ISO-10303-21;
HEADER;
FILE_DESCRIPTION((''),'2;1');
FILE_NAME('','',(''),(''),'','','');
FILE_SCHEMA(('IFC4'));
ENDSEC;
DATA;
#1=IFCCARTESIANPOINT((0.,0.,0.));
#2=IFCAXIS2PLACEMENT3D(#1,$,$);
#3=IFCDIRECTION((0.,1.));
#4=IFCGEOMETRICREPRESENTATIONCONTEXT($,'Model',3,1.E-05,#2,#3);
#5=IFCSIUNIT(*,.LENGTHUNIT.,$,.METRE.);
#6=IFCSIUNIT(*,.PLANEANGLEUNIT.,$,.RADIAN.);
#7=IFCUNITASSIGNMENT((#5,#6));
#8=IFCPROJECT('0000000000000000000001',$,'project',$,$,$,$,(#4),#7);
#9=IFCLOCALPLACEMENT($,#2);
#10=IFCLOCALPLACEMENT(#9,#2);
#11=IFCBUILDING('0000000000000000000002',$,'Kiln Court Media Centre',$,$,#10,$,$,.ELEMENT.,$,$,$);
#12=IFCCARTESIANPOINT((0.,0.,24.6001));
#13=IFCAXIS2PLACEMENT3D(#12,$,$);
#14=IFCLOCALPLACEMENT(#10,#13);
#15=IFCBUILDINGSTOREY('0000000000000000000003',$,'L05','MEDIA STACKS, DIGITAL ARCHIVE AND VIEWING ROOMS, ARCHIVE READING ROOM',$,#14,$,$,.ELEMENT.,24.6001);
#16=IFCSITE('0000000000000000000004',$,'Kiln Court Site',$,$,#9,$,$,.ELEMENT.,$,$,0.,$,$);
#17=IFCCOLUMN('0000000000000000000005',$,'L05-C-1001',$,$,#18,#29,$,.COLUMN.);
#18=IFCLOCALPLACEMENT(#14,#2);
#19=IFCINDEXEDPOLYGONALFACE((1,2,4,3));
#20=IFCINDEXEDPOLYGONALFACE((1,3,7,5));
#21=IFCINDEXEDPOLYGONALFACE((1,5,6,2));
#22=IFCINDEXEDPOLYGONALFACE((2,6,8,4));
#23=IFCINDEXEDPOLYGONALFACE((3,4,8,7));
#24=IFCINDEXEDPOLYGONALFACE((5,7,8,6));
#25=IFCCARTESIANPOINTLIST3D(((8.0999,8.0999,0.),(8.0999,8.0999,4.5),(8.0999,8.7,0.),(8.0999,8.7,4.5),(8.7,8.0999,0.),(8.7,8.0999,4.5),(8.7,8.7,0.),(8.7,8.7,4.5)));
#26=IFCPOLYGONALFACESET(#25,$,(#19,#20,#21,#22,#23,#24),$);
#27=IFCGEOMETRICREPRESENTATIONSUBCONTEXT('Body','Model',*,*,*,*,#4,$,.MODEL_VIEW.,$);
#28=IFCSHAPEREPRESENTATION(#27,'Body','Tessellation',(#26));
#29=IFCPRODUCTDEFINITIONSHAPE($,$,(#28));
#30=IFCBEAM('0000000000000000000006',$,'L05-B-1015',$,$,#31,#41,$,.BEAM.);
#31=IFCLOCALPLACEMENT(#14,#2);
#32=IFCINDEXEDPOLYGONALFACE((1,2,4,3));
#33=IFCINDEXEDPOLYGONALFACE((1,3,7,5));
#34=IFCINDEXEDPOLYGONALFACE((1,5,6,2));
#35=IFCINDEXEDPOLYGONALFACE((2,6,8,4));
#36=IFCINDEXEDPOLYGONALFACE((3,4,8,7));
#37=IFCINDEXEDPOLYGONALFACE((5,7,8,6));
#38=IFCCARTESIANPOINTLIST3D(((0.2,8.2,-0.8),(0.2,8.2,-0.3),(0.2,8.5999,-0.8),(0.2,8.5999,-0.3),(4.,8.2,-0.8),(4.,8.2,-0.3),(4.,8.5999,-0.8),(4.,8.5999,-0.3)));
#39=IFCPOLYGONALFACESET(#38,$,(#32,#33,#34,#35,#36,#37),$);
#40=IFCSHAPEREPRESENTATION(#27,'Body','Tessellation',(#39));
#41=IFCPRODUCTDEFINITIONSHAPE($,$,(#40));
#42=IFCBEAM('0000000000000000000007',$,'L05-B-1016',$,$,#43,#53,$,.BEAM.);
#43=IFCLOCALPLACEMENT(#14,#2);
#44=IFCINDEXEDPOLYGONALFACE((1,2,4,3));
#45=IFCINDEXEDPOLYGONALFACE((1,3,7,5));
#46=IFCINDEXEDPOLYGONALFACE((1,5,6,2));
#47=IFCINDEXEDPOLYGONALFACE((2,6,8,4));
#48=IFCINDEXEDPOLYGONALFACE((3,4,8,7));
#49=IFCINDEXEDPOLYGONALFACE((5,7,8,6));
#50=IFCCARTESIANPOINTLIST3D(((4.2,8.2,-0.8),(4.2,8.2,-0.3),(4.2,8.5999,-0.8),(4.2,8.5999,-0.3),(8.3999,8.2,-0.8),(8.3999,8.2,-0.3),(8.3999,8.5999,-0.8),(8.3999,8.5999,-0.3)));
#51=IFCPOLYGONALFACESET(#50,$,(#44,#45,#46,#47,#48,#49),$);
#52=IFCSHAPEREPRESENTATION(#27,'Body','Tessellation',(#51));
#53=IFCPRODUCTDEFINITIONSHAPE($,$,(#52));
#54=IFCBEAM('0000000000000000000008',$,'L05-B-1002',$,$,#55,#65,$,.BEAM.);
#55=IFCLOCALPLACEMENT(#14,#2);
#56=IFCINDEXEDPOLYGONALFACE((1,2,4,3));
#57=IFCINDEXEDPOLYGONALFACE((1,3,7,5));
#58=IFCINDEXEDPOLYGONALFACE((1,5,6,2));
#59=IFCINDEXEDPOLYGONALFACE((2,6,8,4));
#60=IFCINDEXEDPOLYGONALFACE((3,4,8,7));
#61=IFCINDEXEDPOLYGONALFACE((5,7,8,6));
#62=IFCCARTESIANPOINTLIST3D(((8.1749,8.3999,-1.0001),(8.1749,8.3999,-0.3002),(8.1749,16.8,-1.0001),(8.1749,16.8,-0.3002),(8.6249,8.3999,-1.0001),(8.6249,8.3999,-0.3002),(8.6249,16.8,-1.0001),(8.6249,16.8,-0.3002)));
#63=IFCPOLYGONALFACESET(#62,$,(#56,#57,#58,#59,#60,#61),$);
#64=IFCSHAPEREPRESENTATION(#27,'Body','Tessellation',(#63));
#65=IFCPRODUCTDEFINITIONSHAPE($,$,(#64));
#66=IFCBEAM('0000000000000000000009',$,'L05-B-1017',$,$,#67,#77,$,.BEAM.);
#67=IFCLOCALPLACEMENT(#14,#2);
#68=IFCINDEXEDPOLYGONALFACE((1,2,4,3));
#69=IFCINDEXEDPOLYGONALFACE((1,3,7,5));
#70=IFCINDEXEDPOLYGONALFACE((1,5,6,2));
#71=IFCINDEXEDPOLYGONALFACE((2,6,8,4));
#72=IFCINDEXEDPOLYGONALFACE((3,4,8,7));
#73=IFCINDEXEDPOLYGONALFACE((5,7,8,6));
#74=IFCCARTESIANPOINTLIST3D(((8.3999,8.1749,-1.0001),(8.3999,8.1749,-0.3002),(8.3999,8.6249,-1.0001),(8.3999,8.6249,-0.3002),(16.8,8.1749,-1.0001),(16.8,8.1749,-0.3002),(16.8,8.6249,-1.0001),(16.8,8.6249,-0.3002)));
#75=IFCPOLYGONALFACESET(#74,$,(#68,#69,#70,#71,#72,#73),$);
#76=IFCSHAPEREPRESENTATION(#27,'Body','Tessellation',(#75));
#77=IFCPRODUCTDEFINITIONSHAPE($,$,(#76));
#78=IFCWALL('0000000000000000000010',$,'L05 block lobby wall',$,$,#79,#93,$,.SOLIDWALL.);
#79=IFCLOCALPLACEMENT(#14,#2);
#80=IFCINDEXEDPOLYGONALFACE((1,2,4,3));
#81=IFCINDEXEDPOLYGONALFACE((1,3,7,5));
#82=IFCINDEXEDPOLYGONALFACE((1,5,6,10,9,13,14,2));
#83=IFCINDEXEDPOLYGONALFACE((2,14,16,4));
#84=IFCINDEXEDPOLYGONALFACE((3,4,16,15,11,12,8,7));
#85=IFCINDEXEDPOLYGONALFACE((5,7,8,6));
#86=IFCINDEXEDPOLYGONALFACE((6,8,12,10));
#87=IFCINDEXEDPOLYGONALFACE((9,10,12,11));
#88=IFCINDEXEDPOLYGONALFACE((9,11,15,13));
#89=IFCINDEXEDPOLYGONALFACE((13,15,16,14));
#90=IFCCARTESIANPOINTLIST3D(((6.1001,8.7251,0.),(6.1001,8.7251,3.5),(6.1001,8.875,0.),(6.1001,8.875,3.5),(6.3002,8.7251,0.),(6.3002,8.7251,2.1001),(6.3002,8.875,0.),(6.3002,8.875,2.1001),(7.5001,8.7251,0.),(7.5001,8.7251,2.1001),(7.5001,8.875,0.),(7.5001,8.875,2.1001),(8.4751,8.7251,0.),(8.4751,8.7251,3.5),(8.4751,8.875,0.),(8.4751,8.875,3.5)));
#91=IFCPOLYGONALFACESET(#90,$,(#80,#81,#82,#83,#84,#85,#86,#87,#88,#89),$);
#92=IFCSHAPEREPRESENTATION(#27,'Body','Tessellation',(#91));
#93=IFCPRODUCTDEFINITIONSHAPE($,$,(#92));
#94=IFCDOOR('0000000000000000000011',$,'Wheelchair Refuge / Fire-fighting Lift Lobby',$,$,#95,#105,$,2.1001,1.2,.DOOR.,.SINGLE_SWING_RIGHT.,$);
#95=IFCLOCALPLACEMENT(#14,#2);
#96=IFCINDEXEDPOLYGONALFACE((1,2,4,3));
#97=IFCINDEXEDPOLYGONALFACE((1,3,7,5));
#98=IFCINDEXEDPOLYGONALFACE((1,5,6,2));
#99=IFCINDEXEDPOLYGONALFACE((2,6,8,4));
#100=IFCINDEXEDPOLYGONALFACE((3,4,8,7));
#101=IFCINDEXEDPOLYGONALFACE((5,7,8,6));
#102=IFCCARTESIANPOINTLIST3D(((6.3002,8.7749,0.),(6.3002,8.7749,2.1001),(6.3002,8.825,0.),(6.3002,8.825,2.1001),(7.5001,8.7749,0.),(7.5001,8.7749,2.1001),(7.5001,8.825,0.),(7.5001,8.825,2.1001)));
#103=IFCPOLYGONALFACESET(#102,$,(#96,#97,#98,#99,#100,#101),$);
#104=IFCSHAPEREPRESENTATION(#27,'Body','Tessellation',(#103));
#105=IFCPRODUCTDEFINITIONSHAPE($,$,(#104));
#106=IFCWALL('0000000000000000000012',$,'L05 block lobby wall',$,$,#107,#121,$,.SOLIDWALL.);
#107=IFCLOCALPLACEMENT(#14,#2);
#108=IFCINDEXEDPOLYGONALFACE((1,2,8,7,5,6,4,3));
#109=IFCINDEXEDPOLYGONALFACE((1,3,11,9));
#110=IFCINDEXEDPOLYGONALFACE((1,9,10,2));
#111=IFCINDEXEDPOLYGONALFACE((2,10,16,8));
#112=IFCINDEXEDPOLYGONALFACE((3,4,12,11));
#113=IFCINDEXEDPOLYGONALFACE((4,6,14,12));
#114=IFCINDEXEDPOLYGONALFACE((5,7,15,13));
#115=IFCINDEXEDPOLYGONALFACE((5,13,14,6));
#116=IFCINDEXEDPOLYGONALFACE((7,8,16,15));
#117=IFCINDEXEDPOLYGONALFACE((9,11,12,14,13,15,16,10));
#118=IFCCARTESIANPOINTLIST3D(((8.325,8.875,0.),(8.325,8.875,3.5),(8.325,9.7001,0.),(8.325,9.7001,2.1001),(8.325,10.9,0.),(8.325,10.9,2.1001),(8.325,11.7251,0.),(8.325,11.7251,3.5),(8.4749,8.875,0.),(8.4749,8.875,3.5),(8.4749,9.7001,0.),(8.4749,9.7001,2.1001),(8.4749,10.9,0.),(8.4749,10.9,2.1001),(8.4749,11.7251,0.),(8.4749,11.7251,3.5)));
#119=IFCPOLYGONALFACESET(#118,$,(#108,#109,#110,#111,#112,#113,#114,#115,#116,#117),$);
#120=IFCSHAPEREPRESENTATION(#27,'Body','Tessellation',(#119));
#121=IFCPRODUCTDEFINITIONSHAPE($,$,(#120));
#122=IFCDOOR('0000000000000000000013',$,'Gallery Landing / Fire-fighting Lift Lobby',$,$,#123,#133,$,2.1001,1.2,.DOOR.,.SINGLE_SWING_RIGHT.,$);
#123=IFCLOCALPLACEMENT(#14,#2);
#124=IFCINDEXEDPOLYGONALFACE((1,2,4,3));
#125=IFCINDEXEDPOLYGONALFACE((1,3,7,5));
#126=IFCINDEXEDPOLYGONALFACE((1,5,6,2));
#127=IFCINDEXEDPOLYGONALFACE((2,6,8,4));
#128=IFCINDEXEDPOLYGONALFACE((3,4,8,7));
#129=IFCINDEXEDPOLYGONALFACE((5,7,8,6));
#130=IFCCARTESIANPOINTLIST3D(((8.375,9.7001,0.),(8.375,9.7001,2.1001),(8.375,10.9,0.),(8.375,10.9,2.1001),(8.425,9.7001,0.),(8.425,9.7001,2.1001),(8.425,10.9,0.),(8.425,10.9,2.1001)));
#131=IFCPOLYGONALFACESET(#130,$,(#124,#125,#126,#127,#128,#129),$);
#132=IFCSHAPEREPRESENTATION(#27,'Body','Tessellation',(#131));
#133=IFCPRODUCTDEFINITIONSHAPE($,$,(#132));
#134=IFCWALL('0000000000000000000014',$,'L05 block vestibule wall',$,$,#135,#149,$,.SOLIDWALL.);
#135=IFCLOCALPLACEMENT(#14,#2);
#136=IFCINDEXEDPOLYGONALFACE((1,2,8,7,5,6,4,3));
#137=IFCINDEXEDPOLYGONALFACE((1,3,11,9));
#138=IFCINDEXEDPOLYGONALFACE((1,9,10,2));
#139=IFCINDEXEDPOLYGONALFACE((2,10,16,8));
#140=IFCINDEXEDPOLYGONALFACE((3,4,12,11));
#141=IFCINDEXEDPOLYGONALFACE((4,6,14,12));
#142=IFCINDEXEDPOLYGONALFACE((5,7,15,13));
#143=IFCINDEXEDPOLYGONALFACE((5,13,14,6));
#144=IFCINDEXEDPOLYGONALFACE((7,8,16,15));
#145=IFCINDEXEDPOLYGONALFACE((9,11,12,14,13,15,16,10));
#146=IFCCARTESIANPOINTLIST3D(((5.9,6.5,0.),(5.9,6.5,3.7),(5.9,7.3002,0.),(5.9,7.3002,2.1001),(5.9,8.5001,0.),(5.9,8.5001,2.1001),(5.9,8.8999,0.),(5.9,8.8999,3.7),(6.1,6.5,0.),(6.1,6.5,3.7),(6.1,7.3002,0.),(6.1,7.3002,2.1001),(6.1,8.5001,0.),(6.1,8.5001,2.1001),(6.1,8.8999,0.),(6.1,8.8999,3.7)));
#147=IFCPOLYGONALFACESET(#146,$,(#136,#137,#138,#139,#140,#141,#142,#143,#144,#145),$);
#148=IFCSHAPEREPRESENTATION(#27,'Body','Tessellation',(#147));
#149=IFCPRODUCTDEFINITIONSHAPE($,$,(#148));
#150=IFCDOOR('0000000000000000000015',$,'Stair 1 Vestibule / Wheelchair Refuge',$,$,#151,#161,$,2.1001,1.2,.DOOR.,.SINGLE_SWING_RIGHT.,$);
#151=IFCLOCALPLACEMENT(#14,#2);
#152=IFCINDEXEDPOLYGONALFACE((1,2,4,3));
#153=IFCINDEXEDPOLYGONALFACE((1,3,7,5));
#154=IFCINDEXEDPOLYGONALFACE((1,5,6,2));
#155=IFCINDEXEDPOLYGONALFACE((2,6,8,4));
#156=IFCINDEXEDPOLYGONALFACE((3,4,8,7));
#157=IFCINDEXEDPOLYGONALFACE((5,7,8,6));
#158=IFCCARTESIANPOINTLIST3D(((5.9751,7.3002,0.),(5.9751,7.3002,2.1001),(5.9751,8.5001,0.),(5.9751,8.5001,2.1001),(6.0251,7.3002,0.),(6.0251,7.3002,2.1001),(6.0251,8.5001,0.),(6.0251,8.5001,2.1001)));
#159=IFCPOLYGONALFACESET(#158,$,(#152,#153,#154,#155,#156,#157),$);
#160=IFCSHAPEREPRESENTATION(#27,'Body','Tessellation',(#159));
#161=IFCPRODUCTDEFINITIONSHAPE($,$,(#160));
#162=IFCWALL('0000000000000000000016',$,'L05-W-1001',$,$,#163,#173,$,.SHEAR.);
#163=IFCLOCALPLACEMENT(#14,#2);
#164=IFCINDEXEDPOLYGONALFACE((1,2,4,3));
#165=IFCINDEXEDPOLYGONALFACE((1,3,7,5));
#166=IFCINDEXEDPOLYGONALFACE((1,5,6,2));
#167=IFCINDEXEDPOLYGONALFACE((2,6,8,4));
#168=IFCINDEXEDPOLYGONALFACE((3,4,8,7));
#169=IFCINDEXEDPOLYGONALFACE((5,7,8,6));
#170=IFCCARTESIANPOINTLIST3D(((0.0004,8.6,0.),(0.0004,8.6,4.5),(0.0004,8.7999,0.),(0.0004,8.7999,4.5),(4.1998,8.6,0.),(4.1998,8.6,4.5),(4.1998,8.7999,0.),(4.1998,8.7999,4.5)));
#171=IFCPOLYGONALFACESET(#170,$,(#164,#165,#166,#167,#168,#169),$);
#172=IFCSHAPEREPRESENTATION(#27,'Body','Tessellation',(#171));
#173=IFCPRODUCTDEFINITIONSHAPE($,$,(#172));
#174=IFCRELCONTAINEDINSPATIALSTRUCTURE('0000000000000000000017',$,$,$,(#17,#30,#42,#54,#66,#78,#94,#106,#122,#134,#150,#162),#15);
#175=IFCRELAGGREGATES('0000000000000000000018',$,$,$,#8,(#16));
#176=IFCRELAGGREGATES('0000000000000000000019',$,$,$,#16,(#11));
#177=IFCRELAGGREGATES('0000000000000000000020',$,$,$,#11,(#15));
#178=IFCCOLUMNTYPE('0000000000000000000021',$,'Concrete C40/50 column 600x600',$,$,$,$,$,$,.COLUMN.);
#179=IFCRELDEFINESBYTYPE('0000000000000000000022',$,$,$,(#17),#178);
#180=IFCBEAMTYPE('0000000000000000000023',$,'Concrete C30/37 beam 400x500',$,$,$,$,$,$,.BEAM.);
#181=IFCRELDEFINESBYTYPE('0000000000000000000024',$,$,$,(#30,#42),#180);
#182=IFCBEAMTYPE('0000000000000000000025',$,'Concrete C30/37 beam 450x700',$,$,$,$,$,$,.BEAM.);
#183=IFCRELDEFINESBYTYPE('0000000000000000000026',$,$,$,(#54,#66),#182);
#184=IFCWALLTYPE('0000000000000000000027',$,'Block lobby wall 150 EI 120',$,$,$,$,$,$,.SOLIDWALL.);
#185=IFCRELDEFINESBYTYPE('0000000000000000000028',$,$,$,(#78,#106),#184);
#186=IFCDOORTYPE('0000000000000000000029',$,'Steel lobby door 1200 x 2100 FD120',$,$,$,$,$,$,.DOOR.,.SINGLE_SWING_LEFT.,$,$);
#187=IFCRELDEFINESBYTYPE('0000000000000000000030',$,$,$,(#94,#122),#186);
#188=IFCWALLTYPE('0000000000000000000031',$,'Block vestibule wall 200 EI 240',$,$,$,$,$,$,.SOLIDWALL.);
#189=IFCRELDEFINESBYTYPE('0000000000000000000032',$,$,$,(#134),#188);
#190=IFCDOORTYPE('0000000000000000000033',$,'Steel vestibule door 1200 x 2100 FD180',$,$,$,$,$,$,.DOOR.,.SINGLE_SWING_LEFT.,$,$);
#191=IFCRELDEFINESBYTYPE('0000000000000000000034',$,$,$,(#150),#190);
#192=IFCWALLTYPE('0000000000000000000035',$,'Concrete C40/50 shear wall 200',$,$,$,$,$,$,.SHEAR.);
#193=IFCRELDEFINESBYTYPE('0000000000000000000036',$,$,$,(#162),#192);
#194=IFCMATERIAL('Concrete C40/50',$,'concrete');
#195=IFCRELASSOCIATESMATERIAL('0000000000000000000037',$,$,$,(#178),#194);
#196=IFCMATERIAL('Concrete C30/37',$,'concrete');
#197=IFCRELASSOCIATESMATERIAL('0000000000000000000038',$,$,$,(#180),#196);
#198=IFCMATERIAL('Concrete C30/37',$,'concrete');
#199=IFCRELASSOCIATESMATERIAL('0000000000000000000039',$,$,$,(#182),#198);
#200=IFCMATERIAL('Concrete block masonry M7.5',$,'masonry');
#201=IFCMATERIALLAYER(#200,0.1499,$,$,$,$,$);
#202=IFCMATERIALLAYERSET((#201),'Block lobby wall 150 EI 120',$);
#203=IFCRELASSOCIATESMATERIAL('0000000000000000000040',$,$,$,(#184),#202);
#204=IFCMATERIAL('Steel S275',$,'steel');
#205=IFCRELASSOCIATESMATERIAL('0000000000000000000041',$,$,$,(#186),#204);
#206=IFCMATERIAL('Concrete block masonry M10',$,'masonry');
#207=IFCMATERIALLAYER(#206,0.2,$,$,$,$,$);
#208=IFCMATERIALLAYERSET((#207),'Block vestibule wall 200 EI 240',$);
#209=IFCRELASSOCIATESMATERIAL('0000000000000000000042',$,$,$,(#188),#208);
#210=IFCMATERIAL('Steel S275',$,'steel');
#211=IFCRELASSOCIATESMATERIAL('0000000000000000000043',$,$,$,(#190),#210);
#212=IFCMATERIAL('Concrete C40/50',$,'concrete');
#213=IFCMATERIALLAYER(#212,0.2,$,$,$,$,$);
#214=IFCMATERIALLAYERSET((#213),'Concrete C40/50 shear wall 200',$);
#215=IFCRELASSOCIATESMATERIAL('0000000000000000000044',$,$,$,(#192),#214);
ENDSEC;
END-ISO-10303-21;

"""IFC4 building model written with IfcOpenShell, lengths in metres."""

from ifc_helpers import new_model, si_unit, direction, frame, frame_2d, origin, origin_2d, place, context, subcontext, project, spatial, rectangle, extrude, material, layer, layer_set, material_profile, profile_set, type_object, element, fill, save


model = new_model("IFC4")

# Units and contexts
model_context = context("Model", 3, precision=1e-05, world=origin(), true_north=direction((0.0, 1.0)))
body_context = subcontext(model_context, "Body", "Model", "MODEL_VIEW")
ifc_project = project(units=[si_unit("LENGTHUNIT", "METRE"), si_unit("PLANEANGLEUNIT", "RADIAN")], contexts=[model_context])

# Site, building, storey
site_placement = place(None, origin())
site = spatial("IfcSite", under=ifc_project, at=site_placement, Name="Kiln Court Site", CompositionType="ELEMENT", RefElevation=0.0)
building_placement = place(site_placement, origin())
building = spatial("IfcBuilding", under=site, at=building_placement, Name="Kiln Court Media Centre", CompositionType="ELEMENT")
storey_placement = place(building_placement, frame((0.0, 0.0, 24.6001)))
storey = spatial("IfcBuildingStorey", under=building, at=storey_placement, Name="L05", Description="MEDIA STACKS, DIGITAL ARCHIVE AND VIEWING ROOMS, ARCHIVE READING ROOM", CompositionType="ELEMENT", Elevation=24.6001)

# Column
ifc_material_1 = material(Name="Concrete C40/50", Category="concrete")
ifc_material_profile_1 = material_profile(ifc_material_1, rectangle(XDim=0.6001, YDim=0.6001, at=origin_2d()), Name="RC 600x600")
ifc_profile_set_1 = profile_set([ifc_material_profile_1], Name="Concrete C40/50")
column_type = type_object("IfcColumnType", Name="Concrete C40/50 column 600x600", PredefinedType="COLUMN", material=ifc_profile_set_1)
column_placement = place(storey_placement, frame((8.3999, 8.3999, 0.0), z_axis=(0.0, 0.0, 1.0), x_axis=(1.0, 0.0, 0.0)))
element("IfcColumn", 1, at=column_placement, inside=storey, type_object=column_type, Name="L05-C-1001", PredefinedType="COLUMN", context=body_context, shape_type="SweptSolid", body=[
    extrude(rectangle(XDim=0.6001, YDim=0.6001, at=origin_2d()), origin(), (0.0, 0.0, 1.0), 4.5),
])

# Beams
ifc_material_2 = material(Name="Concrete C30/37", Category="concrete")
ifc_material_profile_2 = material_profile(ifc_material_2, rectangle(XDim=0.3999, YDim=0.5, at=origin_2d()), Name="RC 400x500")
ifc_profile_set_2 = profile_set([ifc_material_profile_2], Name="Concrete C30/37")
beam_type_1 = type_object("IfcBeamType", Name="Concrete C30/37 beam 400x500", PredefinedType="BEAM", material=ifc_profile_set_2)
beam_1_placement = place(storey_placement, frame((0.2, 8.3999, -0.55), z_axis=(1.0, 0.0, 0.0), x_axis=(0.0, 1.0, 0.0)))
element("IfcBeam", 2, at=beam_1_placement, inside=storey, type_object=beam_type_1, Name="L05-B-1015", PredefinedType="BEAM", context=body_context, shape_type="SweptSolid", body=[
    extrude(rectangle(XDim=0.3999, YDim=0.5, at=origin_2d()), origin(), (0.0, 0.0, 1.0), 3.8),
])
beam_2_placement = place(storey_placement, frame((4.2, 8.3999, -0.55), z_axis=(1.0, 0.0, 0.0), x_axis=(0.0, 1.0, 0.0)))
element("IfcBeam", 3, at=beam_2_placement, inside=storey, type_object=beam_type_1, Name="L05-B-1016", PredefinedType="BEAM", context=body_context, shape_type="SweptSolid", body=[
    extrude(rectangle(XDim=0.3999, YDim=0.5, at=origin_2d()), origin(), (0.0, 0.0, 1.0), 4.2),
])
ifc_material_3 = material(Name="Concrete C30/37", Category="concrete")
ifc_material_profile_3 = material_profile(ifc_material_3, rectangle(XDim=0.45, YDim=0.7, at=origin_2d()), Name="RC 450x700")
ifc_profile_set_3 = profile_set([ifc_material_profile_3], Name="Concrete C30/37")
beam_type_2 = type_object("IfcBeamType", Name="Concrete C30/37 beam 450x700", PredefinedType="BEAM", material=ifc_profile_set_3)
for number, where, z_axis, x_axis, name in (
    (4, (8.3999, 8.3999, -0.6501), (0.0, 1.0, 0.0), (-1.0, 0.0, 0.0), "L05-B-1002"),
    (5, (8.3999, 8.3999, -0.6501), (1.0, 0.0, 0.0), (0.0, 1.0, 0.0), "L05-B-1017"),
):
    element("IfcBeam", number, at=place(storey_placement, frame(where, z_axis=z_axis, x_axis=x_axis)), inside=storey, type_object=beam_type_2, Name=name, PredefinedType="BEAM", context=body_context, shape_type="SweptSolid", body=[
        extrude(rectangle(XDim=0.45, YDim=0.7, at=origin_2d()), origin(), (0.0, 0.0, 1.0), 8.4001),
    ])

# Walls, openings, doors
ifc_material_4 = material(Name="Concrete block masonry M7.5", Category="masonry")
ifc_layer_1 = layer(ifc_material_4, 0.1499)
ifc_layer_set_1 = layer_set([ifc_layer_1], Name="Block lobby wall 150 EI 120")
wall_type_1 = type_object("IfcWallType", Name="Block lobby wall 150 EI 120", PredefinedType="SOLIDWALL", material=ifc_layer_set_1)
wall_1_placement = place(storey_placement, frame((6.1001, 8.8, 0.0), z_axis=(0.0, 0.0, 1.0), x_axis=(1.0, 0.0, 0.0)))
wall_1 = element("IfcWall", 6, at=wall_1_placement, inside=storey, type_object=wall_type_1, Name="L05 block lobby wall", PredefinedType="SOLIDWALL", context=body_context, shape_type="SweptSolid", body=[
    extrude(rectangle(XDim=2.375, YDim=0.1499, at=frame_2d((1.1875, 0.0))), origin(), (0.0, 0.0, 1.0), 3.5),
])
opening_1_placement = place(wall_1_placement, frame((0.2, 0.0, 0.0)))
opening_1 = element("IfcOpeningElement", 7, at=opening_1_placement, cuts=wall_1, PredefinedType="OPENING", context=body_context, shape_type="SweptSolid", body=[
    extrude(rectangle(XDim=1.2, YDim=2.1001, at=frame_2d((0.6001, 1.05))), frame((0.0, 0.085, 0.0), z_axis=(0.0, -1.0, 0.0), x_axis=(1.0, 0.0, 0.0)), (0.0, 0.0, 1.0), 0.1699),
])
ifc_material_5 = material(Name="Steel S275", Category="steel")
door_type_1 = type_object("IfcDoorType", Name="Steel lobby door 1200 x 2100 FD120", OperationType="SINGLE_SWING_LEFT", PredefinedType="DOOR", material=ifc_material_5)
door_1_placement = place(opening_1_placement, origin())
door_1 = element("IfcDoor", 8, at=door_1_placement, inside=storey, type_object=door_type_1, Name="Wheelchair Refuge / Fire-fighting Lift Lobby", OperationType="SINGLE_SWING_RIGHT", OverallHeight=2.1001, OverallWidth=1.2, PredefinedType="DOOR", context=body_context, shape_type="SweptSolid", body=[
    extrude(rectangle(XDim=1.2, YDim=2.1001, at=frame_2d((0.6001, 1.05))), frame((0.0, 0.0249, 0.0), z_axis=(0.0, -1.0, 0.0), x_axis=(1.0, 0.0, 0.0)), (0.0, 0.0, 1.0), 0.05),
])
fill(opening_1, door_1)
wall_2_placement = place(storey_placement, frame((8.3999, 8.875, 0.0), z_axis=(0.0, 0.0, 1.0), x_axis=(0.0, 1.0, 0.0)))
wall_2 = element("IfcWall", 9, at=wall_2_placement, inside=storey, type_object=wall_type_1, Name="L05 block lobby wall", PredefinedType="SOLIDWALL", context=body_context, shape_type="SweptSolid", body=[
    extrude(rectangle(XDim=2.8501, YDim=0.1499, at=frame_2d((1.425, 0.0))), origin(), (0.0, 0.0, 1.0), 3.5),
])
opening_2_placement = place(wall_2_placement, frame((0.825, 0.0, 0.0)))
opening_2 = element("IfcOpeningElement", 10, at=opening_2_placement, cuts=wall_2, PredefinedType="OPENING", context=body_context, shape_type="SweptSolid", body=[
    extrude(rectangle(XDim=1.2, YDim=2.1001, at=frame_2d((0.6001, 1.05))), frame((0.0, 0.085, 0.0), z_axis=(0.0, -1.0, 0.0), x_axis=(1.0, 0.0, 0.0)), (0.0, 0.0, 1.0), 0.1699),
])
door_2_placement = place(opening_2_placement, origin())
door_2 = element("IfcDoor", 11, at=door_2_placement, inside=storey, type_object=door_type_1, Name="Gallery Landing / Fire-fighting Lift Lobby", OperationType="SINGLE_SWING_RIGHT", OverallHeight=2.1001, OverallWidth=1.2, PredefinedType="DOOR", context=body_context, shape_type="SweptSolid", body=[
    extrude(rectangle(XDim=1.2, YDim=2.1001, at=frame_2d((0.6001, 1.05))), frame((0.0, 0.0249, 0.0), z_axis=(0.0, -1.0, 0.0), x_axis=(1.0, 0.0, 0.0)), (0.0, 0.0, 1.0), 0.05),
])
fill(opening_2, door_2)
ifc_material_6 = material(Name="Concrete block masonry M10", Category="masonry")
ifc_layer_2 = layer(ifc_material_6, 0.2)
ifc_layer_set_2 = layer_set([ifc_layer_2], Name="Block vestibule wall 200 EI 240")
wall_type_2 = type_object("IfcWallType", Name="Block vestibule wall 200 EI 240", PredefinedType="SOLIDWALL", material=ifc_layer_set_2)
wall_3_placement = place(storey_placement, frame((6.0, 6.5, 0.0), z_axis=(0.0, 0.0, 1.0), x_axis=(0.0, 1.0, 0.0)))
wall_3 = element("IfcWall", 12, at=wall_3_placement, inside=storey, type_object=wall_type_2, Name="L05 block vestibule wall", PredefinedType="SOLIDWALL", context=body_context, shape_type="SweptSolid", body=[
    extrude(rectangle(XDim=2.3999, YDim=0.2, at=frame_2d((1.2, 0.0))), origin(), (0.0, 0.0, 1.0), 3.7),
])
opening_3_placement = place(wall_3_placement, frame((0.8, 0.0, 0.0)))
opening_3 = element("IfcOpeningElement", 13, at=opening_3_placement, cuts=wall_3, PredefinedType="OPENING", context=body_context, shape_type="SweptSolid", body=[
    extrude(rectangle(XDim=1.2, YDim=2.1001, at=frame_2d((0.6001, 1.05))), frame((0.0, 0.1099, 0.0), z_axis=(0.0, -1.0, 0.0), x_axis=(1.0, 0.0, 0.0)), (0.0, 0.0, 1.0), 0.22),
])
ifc_material_7 = material(Name="Steel S275", Category="steel")
door_type_2 = type_object("IfcDoorType", Name="Steel vestibule door 1200 x 2100 FD180", OperationType="SINGLE_SWING_LEFT", PredefinedType="DOOR", material=ifc_material_7)
door_3_placement = place(opening_3_placement, origin())
door_3 = element("IfcDoor", 14, at=door_3_placement, inside=storey, type_object=door_type_2, Name="Stair 1 Vestibule / Wheelchair Refuge", OperationType="SINGLE_SWING_RIGHT", OverallHeight=2.1001, OverallWidth=1.2, PredefinedType="DOOR", context=body_context, shape_type="SweptSolid", body=[
    extrude(rectangle(XDim=1.2, YDim=2.1001, at=frame_2d((0.6001, 1.05))), frame((0.0, 0.0249, 0.0), z_axis=(0.0, -1.0, 0.0), x_axis=(1.0, 0.0, 0.0)), (0.0, 0.0, 1.0), 0.05),
])
fill(opening_3, door_3)

# Wall
ifc_material_8 = material(Name="Concrete C40/50", Category="concrete")
ifc_layer_3 = layer(ifc_material_8, 0.2)
ifc_layer_set_3 = layer_set([ifc_layer_3], Name="Concrete C40/50 shear wall 200")
wall_type_3 = type_object("IfcWallType", Name="Concrete C40/50 shear wall 200", PredefinedType="SHEAR", material=ifc_layer_set_3)
wall_4_placement = place(storey_placement, frame((0.0005, 8.7, 0.0), z_axis=(0.0, 0.0, 1.0), x_axis=(1.0, 0.0, 0.0)))
element("IfcWall", 15, at=wall_4_placement, inside=storey, type_object=wall_type_3, Name="L05-W-1001", PredefinedType="SHEAR", context=body_context, shape_type="SweptSolid", body=[
    extrude(rectangle(XDim=4.1995, YDim=0.2, at=frame_2d((2.0996, 0.0))), origin(), (0.0, 0.0, 1.0), 4.5),
])

save(model, "model.ifc")
